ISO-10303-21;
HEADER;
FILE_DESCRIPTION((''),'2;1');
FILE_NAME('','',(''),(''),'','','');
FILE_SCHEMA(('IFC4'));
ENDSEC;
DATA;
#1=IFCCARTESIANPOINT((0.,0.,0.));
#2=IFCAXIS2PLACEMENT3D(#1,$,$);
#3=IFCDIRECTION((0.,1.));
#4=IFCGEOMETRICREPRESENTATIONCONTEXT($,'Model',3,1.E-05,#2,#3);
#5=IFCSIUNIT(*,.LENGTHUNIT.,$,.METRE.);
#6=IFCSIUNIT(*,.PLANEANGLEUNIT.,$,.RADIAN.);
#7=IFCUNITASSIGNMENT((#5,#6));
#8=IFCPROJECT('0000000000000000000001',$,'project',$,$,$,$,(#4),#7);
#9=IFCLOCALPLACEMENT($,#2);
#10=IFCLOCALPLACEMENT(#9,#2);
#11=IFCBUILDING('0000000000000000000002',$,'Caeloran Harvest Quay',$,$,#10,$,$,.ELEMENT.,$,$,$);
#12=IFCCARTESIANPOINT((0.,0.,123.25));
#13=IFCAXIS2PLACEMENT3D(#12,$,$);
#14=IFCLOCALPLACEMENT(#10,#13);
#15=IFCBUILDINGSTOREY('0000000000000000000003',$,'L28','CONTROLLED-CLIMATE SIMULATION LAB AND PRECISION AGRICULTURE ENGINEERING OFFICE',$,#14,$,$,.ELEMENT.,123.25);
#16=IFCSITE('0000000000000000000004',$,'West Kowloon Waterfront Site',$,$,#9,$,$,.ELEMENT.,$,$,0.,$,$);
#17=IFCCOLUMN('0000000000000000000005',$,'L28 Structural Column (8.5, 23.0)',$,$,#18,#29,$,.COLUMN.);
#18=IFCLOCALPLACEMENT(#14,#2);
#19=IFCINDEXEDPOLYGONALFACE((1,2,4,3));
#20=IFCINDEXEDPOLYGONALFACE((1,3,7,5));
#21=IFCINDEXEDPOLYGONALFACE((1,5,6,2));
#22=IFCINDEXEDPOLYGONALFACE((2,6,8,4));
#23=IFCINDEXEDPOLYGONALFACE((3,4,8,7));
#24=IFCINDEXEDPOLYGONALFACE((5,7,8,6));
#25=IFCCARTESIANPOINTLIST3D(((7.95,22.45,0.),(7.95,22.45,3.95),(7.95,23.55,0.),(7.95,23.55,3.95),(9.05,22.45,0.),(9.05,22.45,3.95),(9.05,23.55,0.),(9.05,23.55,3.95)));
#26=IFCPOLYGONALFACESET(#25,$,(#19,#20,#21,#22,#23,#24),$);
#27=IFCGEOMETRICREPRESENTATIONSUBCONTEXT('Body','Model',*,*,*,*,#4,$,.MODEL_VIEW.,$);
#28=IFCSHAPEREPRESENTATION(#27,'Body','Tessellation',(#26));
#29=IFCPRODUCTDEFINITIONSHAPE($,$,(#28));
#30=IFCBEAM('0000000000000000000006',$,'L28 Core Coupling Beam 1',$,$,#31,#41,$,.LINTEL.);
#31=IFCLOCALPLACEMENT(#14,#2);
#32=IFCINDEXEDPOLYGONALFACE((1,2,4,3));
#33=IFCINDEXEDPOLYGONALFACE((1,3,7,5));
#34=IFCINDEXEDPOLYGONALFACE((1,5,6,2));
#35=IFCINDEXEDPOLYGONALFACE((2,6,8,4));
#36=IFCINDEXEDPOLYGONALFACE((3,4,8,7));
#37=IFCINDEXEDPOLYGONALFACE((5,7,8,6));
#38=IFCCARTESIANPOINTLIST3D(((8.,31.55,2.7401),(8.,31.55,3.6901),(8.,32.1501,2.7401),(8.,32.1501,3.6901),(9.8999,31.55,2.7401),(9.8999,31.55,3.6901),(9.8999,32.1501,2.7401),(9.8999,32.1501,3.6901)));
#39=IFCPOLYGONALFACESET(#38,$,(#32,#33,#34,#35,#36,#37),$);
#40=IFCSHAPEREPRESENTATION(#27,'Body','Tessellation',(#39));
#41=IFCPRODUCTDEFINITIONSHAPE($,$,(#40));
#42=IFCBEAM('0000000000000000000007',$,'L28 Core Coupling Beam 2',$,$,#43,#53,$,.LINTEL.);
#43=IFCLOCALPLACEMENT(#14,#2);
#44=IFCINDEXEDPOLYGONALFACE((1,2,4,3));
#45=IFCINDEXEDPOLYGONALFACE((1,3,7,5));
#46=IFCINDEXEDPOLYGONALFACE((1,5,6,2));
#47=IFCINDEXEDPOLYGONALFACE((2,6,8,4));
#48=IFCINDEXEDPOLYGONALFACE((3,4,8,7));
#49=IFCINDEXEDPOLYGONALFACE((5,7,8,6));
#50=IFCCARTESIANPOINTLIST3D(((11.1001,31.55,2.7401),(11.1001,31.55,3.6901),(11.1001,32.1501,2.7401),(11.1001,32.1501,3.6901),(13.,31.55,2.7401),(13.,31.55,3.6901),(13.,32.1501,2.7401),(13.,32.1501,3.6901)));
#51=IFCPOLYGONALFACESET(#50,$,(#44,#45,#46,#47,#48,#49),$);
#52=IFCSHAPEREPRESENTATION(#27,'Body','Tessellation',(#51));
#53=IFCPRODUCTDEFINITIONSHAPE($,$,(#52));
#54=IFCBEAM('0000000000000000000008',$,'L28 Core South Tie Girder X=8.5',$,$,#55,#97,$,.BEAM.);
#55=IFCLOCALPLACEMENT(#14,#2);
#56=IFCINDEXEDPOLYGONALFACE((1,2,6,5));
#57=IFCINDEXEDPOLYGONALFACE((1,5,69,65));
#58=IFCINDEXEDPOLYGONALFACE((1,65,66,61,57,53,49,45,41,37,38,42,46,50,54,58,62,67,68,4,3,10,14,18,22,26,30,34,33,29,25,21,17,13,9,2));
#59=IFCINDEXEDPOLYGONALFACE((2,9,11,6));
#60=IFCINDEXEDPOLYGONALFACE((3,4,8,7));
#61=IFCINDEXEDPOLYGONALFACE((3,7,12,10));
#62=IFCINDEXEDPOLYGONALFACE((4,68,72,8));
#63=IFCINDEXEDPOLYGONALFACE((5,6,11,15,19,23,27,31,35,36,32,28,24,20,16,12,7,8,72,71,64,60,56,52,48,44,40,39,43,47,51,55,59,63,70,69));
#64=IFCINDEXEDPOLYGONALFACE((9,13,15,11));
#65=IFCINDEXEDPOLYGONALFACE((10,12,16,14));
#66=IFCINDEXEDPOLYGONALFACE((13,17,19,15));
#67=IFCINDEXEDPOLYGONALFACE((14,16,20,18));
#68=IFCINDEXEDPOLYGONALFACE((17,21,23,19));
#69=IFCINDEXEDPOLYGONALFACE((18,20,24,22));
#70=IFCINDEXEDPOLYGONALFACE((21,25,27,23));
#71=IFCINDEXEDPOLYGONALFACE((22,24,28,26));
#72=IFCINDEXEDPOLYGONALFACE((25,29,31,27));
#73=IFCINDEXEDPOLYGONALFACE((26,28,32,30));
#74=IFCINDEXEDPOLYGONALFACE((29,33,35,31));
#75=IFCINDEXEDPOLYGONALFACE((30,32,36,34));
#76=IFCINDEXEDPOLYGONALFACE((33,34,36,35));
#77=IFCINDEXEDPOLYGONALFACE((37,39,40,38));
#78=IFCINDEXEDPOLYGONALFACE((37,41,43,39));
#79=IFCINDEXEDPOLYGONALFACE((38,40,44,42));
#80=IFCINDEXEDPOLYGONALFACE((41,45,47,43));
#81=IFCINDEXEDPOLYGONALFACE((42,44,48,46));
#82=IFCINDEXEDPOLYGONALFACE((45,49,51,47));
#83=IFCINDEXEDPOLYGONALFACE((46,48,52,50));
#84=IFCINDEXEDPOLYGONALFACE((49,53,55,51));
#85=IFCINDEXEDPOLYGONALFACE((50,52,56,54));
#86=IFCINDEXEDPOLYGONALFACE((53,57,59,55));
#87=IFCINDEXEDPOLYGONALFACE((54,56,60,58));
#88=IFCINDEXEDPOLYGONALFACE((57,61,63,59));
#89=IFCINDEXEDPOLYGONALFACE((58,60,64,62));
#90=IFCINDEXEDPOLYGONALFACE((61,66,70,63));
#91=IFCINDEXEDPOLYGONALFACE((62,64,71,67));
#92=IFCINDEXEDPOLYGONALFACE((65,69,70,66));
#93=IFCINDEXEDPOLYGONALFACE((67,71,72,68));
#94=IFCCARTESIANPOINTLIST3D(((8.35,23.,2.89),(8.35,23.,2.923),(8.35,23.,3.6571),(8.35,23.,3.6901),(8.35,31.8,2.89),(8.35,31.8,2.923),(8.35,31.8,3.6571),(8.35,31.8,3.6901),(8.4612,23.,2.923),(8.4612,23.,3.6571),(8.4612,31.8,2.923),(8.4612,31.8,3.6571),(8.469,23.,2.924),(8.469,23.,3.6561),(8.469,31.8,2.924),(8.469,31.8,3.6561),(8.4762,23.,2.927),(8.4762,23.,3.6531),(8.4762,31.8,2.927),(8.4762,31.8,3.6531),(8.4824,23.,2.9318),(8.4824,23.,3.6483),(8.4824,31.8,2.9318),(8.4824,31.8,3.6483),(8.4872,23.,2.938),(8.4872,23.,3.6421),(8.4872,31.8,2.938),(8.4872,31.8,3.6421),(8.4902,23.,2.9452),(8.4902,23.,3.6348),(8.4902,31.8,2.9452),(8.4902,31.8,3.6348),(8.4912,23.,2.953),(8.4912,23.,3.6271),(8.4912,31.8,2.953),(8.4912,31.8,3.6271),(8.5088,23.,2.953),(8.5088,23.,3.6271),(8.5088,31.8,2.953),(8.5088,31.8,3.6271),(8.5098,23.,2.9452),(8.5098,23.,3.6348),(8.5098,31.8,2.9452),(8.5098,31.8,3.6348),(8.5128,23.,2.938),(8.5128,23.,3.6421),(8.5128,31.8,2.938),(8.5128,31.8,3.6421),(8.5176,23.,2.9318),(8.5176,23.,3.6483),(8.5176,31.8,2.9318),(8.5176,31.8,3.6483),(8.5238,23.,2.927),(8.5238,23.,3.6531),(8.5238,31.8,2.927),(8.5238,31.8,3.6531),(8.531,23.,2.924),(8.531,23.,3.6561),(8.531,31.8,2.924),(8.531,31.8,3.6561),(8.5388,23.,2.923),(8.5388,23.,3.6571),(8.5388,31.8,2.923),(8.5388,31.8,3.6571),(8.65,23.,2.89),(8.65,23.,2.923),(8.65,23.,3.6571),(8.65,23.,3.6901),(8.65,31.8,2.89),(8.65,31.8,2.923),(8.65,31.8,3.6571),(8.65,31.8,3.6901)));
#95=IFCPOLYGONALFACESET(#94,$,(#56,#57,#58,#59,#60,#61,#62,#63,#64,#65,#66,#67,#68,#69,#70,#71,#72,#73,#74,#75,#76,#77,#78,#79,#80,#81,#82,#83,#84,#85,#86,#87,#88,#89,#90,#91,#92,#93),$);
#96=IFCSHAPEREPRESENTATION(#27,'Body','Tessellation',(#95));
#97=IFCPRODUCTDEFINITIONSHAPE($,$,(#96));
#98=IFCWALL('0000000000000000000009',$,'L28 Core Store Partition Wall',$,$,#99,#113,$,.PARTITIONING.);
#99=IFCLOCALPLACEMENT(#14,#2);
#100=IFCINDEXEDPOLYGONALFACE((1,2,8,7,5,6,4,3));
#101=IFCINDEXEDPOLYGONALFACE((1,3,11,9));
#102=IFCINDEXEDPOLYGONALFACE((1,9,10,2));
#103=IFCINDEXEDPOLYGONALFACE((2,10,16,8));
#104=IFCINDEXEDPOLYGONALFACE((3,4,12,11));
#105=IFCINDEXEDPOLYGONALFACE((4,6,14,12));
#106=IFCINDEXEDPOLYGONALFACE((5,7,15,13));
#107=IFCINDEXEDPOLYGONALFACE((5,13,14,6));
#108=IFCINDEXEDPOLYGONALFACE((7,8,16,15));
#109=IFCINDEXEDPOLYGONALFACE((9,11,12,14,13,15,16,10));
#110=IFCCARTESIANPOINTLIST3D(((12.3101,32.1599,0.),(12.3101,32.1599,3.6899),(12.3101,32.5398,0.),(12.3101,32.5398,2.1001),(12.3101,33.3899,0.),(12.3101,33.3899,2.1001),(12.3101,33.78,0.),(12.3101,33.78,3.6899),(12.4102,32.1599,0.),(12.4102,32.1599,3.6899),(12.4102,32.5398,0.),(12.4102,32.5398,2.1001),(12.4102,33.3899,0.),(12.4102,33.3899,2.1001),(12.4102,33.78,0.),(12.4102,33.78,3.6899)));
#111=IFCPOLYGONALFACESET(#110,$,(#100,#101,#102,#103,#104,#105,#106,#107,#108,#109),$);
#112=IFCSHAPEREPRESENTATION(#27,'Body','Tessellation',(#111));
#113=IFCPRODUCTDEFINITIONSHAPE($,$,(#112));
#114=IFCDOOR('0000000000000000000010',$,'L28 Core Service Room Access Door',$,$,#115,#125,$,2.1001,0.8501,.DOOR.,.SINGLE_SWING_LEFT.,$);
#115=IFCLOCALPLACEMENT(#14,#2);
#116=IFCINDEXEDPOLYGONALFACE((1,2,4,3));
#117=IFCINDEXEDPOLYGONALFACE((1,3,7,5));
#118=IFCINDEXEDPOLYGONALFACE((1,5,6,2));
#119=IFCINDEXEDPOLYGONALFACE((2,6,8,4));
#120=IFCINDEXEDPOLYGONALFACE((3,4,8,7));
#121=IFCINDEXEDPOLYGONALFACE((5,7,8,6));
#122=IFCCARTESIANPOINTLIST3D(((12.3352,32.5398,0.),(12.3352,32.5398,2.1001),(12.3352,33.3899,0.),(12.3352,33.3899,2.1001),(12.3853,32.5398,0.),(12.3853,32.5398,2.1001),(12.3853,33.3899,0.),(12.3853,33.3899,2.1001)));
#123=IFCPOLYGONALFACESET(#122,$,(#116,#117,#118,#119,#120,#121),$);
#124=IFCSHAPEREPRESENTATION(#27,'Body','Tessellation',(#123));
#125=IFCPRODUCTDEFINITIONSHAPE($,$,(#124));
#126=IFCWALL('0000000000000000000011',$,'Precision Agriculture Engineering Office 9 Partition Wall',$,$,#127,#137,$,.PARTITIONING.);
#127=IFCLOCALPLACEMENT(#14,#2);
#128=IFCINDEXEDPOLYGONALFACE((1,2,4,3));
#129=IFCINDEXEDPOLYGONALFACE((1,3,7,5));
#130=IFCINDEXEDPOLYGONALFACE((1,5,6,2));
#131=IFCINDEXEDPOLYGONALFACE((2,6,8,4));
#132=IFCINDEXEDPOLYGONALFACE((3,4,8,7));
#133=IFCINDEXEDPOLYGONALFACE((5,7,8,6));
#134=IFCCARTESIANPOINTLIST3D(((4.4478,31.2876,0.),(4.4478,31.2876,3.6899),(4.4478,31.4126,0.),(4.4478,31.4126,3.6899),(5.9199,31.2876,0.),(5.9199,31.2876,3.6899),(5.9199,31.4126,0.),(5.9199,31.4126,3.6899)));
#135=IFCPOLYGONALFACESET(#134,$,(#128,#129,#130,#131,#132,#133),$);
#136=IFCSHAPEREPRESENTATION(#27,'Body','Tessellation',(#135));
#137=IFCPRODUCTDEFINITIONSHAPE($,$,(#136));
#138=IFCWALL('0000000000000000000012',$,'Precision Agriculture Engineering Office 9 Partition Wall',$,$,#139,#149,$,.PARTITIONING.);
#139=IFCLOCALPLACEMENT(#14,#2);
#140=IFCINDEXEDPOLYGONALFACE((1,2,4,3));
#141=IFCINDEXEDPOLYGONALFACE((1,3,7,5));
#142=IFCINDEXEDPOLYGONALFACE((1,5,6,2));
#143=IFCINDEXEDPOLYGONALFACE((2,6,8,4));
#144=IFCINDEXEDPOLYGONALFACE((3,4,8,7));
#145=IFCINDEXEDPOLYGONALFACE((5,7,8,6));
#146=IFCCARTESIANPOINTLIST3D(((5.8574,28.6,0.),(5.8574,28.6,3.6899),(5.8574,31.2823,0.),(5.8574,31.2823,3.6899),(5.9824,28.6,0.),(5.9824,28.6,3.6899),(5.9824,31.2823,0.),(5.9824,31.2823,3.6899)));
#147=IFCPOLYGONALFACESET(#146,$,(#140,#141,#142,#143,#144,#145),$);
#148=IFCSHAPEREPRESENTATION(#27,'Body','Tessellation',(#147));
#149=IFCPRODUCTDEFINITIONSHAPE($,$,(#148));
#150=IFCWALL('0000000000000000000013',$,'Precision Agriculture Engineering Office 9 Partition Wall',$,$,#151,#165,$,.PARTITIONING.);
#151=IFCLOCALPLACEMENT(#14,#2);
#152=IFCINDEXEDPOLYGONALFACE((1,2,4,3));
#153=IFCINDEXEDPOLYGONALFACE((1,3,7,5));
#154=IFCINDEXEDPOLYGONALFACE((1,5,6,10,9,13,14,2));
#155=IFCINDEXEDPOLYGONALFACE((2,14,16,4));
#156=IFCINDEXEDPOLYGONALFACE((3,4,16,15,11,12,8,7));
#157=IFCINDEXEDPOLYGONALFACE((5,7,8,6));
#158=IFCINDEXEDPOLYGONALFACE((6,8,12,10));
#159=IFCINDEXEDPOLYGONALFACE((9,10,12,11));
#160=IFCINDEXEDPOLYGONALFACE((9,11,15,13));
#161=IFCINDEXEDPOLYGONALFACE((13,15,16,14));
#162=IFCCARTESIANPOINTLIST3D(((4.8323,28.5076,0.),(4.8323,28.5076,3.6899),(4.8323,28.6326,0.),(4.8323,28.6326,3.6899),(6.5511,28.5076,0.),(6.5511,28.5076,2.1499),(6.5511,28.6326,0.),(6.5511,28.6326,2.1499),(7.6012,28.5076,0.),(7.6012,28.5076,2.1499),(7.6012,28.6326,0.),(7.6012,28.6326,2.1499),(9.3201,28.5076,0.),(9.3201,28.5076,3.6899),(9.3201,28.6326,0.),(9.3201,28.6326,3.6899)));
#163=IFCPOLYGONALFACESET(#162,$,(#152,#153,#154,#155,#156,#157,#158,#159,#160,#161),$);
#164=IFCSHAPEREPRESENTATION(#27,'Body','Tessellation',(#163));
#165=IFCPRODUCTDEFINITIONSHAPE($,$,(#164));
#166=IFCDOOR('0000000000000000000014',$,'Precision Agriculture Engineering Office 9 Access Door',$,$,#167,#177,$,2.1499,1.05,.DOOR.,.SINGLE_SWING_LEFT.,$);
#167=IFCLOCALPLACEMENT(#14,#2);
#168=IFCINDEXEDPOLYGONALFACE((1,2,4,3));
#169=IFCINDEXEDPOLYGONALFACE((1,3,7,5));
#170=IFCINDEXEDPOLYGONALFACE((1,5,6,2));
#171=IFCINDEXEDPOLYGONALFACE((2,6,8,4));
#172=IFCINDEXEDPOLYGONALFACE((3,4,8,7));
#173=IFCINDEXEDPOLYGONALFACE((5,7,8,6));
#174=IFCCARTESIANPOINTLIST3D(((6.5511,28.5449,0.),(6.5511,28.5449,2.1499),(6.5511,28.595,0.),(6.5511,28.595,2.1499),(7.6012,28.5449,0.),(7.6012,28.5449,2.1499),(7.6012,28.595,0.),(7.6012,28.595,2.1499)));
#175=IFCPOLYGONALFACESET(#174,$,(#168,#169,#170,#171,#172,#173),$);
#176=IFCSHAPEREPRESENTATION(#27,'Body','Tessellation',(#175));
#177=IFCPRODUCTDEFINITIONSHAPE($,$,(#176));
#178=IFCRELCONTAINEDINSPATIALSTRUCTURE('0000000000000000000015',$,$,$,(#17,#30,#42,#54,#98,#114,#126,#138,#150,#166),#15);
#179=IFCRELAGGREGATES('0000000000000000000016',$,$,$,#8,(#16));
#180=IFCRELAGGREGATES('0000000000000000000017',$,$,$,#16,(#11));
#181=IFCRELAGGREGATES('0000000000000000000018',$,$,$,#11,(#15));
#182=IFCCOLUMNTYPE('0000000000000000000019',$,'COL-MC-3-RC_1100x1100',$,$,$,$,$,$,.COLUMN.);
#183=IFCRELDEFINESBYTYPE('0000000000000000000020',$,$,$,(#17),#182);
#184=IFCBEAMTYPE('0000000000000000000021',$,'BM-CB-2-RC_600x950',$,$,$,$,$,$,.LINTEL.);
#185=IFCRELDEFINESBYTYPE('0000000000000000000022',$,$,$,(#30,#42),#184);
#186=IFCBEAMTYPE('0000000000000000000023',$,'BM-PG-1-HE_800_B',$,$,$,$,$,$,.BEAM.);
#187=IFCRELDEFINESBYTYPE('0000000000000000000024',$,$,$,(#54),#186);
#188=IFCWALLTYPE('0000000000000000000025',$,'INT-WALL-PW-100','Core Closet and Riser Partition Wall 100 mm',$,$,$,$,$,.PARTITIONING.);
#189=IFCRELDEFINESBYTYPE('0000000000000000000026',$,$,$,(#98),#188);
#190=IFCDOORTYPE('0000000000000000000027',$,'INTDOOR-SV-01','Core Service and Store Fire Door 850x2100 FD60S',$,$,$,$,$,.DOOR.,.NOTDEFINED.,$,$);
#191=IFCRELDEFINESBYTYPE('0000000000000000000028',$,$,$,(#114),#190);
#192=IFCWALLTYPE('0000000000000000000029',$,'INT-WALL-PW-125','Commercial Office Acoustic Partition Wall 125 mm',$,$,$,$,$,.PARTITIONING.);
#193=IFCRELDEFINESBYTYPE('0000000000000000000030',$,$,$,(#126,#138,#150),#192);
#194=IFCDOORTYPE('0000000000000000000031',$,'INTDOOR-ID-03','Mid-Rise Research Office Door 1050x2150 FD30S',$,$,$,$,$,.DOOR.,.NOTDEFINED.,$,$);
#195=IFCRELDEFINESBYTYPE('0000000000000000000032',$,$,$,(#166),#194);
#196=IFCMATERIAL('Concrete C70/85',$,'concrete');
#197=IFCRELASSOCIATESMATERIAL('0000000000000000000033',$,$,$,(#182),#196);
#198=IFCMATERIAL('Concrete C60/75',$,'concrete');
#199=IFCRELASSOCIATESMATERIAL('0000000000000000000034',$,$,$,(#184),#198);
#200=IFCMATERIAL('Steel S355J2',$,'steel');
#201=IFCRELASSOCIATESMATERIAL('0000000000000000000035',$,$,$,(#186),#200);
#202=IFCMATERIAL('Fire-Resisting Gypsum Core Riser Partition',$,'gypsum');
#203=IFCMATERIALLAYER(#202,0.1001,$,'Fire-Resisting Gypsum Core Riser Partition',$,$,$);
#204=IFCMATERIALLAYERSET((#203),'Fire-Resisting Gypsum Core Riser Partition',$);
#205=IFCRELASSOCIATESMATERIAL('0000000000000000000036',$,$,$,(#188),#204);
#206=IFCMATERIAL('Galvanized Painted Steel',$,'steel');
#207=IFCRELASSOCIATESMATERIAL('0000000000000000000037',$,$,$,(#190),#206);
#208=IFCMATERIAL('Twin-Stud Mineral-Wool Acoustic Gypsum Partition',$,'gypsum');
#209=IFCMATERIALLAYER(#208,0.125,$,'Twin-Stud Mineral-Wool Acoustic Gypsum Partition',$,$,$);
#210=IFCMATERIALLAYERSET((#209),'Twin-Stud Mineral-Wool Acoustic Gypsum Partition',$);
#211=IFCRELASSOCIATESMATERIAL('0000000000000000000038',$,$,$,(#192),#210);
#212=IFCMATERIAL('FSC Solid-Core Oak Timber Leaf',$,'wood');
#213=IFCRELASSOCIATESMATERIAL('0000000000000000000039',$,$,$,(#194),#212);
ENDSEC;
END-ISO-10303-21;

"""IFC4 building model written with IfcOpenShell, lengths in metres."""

from ifc_helpers import new_model, si_unit, direction, frame, frame_2d, origin, origin_2d, place, context, subcontext, project, spatial, rectangle, i_section, extrude, material, layer, layer_set, material_profile, profile_set, type_object, element, fill, save


model = new_model("IFC4")

# Units and contexts
model_context = context("Model", 3, precision=1e-05, world=origin(), true_north=direction((0.0, 1.0)))
body_context = subcontext(model_context, "Body", "Model", "MODEL_VIEW")
ifc_project = project(units=[si_unit("LENGTHUNIT", "METRE"), si_unit("PLANEANGLEUNIT", "RADIAN")], contexts=[model_context])

# Site, building, storey
site_placement = place(None, origin())
site = spatial("IfcSite", under=ifc_project, at=site_placement, Name="West Kowloon Waterfront Site", CompositionType="ELEMENT", RefElevation=0.0)
building_placement = place(site_placement, origin())
building = spatial("IfcBuilding", under=site, at=building_placement, Name="Caeloran Harvest Quay", CompositionType="ELEMENT")
storey_placement = place(building_placement, frame((0.0, 0.0, 123.25)))
storey = spatial("IfcBuildingStorey", under=building, at=storey_placement, Name="L28", Description="CONTROLLED-CLIMATE SIMULATION LAB AND PRECISION AGRICULTURE ENGINEERING OFFICE", CompositionType="ELEMENT", Elevation=123.25)

# Column
ifc_material_1 = material(Name="Concrete C70/85", Category="concrete")
ifc_material_profile_1 = material_profile(ifc_material_1, rectangle(XDim=1.1001, YDim=1.1001, at=origin_2d()), Name="RC 1100x1100")
ifc_profile_set_1 = profile_set([ifc_material_profile_1], Name="Concrete C70/85")
column_type = type_object("IfcColumnType", Name="COL-MC-3-RC_1100x1100", PredefinedType="COLUMN", material=ifc_profile_set_1)
column_placement = place(storey_placement, frame((8.5, 23.0, 0.0), z_axis=(0.0, 0.0, 1.0), x_axis=(1.0, 0.0, 0.0)))
element("IfcColumn", 1, at=column_placement, inside=storey, type_object=column_type, Name="L28 Structural Column (8.5, 23.0)", PredefinedType="COLUMN", context=body_context, shape_type="SweptSolid", body=[
    extrude(rectangle(XDim=1.1001, YDim=1.1001, at=origin_2d()), origin(), (0.0, 0.0, 1.0), 3.95),
])

# Beams
ifc_material_2 = material(Name="Concrete C60/75", Category="concrete")
ifc_material_profile_2 = material_profile(ifc_material_2, rectangle(XDim=0.6001, YDim=0.95, at=origin_2d()), Name="RC 600x950")
ifc_profile_set_2 = profile_set([ifc_material_profile_2], Name="Concrete C60/75")
beam_type_1 = type_object("IfcBeamType", Name="BM-CB-2-RC_600x950", PredefinedType="LINTEL", material=ifc_profile_set_2)
for number, where, z_axis, x_axis, name in (
    (2, (8.0, 31.8501, 3.2151), (1.0, 0.0, 0.0), (0.0, 1.0, 0.0), "L28 Core Coupling Beam 1"),
    (3, (11.1001, 31.8501, 3.2151), (1.0, 0.0, 0.0), (0.0, 1.0, 0.0), "L28 Core Coupling Beam 2"),
):
    element("IfcBeam", number, at=place(storey_placement, frame(where, z_axis=z_axis, x_axis=x_axis)), inside=storey, type_object=beam_type_1, Name=name, PredefinedType="LINTEL", context=body_context, shape_type="SweptSolid", body=[
        extrude(rectangle(XDim=0.6001, YDim=0.95, at=origin_2d()), origin(), (0.0, 0.0, 1.0), 1.8999),
    ])
ifc_material_3 = material(Name="Steel S355J2", Category="steel")
ifc_material_profile_3 = material_profile(ifc_material_3, i_section(OverallWidth=0.3, OverallDepth=0.8, WebThickness=0.0176, FlangeThickness=0.033, FilletRadius=0.03, at=origin_2d()), Name="HE 800 B")
ifc_profile_set_3 = profile_set([ifc_material_profile_3], Name="Steel S355J2")
beam_type_2 = type_object("IfcBeamType", Name="BM-PG-1-HE_800_B", PredefinedType="BEAM", material=ifc_profile_set_3)
beam_placement = place(storey_placement, frame((8.5, 23.0, 3.29), z_axis=(0.0, 1.0, 0.0), x_axis=(-1.0, 0.0, 0.0)))
element("IfcBeam", 4, at=beam_placement, inside=storey, type_object=beam_type_2, Name="L28 Core South Tie Girder X=8.5", PredefinedType="BEAM", context=body_context, shape_type="SweptSolid", body=[
    extrude(i_section(OverallWidth=0.3, OverallDepth=0.8, WebThickness=0.0176, FlangeThickness=0.033, FilletRadius=0.03, at=origin_2d()), origin(), (0.0, 0.0, 1.0), 8.8),
])

# Wall, opening, door
ifc_material_4 = material(Name="Fire-Resisting Gypsum Core Riser Partition", Category="gypsum")
ifc_layer_1 = layer(ifc_material_4, 0.1001, Name="Fire-Resisting Gypsum Core Riser Partition")
ifc_layer_set_1 = layer_set([ifc_layer_1], Name="Fire-Resisting Gypsum Core Riser Partition")
wall_type_1 = type_object("IfcWallType", Name="INT-WALL-PW-100", Description="Core Closet and Riser Partition Wall 100 mm", PredefinedType="PARTITIONING", material=ifc_layer_set_1)
wall_1_placement = place(storey_placement, frame((12.3601, 32.1599, 0.0), z_axis=(0.0, 0.0, 1.0), x_axis=(0.0, 1.0, 0.0)))
wall_1 = element("IfcWall", 5, at=wall_1_placement, inside=storey, type_object=wall_type_1, Name="L28 Core Store Partition Wall", PredefinedType="PARTITIONING", context=body_context, shape_type="SweptSolid", body=[
    extrude(rectangle(XDim=1.6201, YDim=0.1001, at=frame_2d((0.8101, 0.0))), origin(), (0.0, 0.0, 1.0), 3.6899),
])
opening_1_placement = place(wall_1_placement, frame((0.3799, 0.0, 0.0)))
opening_1 = element("IfcOpeningElement", 6, at=opening_1_placement, cuts=wall_1, PredefinedType="OPENING", context=body_context, shape_type="SweptSolid", body=[
    extrude(rectangle(XDim=0.8501, YDim=2.1001, at=frame_2d((0.425, 1.05))), frame((0.0, 0.0601, 0.0), z_axis=(0.0, -1.0, 0.0), x_axis=(1.0, 0.0, 0.0)), (0.0, 0.0, 1.0), 0.1201),
])
ifc_material_5 = material(Name="Galvanized Painted Steel", Category="steel")
door_type_1 = type_object("IfcDoorType", Name="INTDOOR-SV-01", Description="Core Service and Store Fire Door 850x2100 FD60S", OperationType="NOTDEFINED", PredefinedType="DOOR", material=ifc_material_5)
door_1_placement = place(opening_1_placement, origin())
door_1 = element("IfcDoor", 7, at=door_1_placement, inside=storey, type_object=door_type_1, Name="L28 Core Service Room Access Door", OperationType="SINGLE_SWING_LEFT", OverallHeight=2.1001, OverallWidth=0.8501, PredefinedType="DOOR", context=body_context, shape_type="SweptSolid", body=[
    extrude(rectangle(XDim=0.8501, YDim=2.1001, at=frame_2d((0.425, 1.05))), frame((0.0, 0.0249, 0.0), z_axis=(0.0, -1.0, 0.0), x_axis=(1.0, 0.0, 0.0)), (0.0, 0.0, 1.0), 0.05),
])
fill(opening_1, door_1)

# Walls
ifc_material_6 = material(Name="Twin-Stud Mineral-Wool Acoustic Gypsum Partition", Category="gypsum")
ifc_layer_2 = layer(ifc_material_6, 0.125, Name="Twin-Stud Mineral-Wool Acoustic Gypsum Partition")
ifc_layer_set_2 = layer_set([ifc_layer_2], Name="Twin-Stud Mineral-Wool Acoustic Gypsum Partition")
wall_type_2 = type_object("IfcWallType", Name="INT-WALL-PW-125", Description="Commercial Office Acoustic Partition Wall 125 mm", PredefinedType="PARTITIONING", material=ifc_layer_set_2)
wall_2_placement = place(storey_placement, frame((4.4478, 31.3501, 0.0), z_axis=(0.0, 0.0, 1.0), x_axis=(1.0, 0.0, 0.0)))
element("IfcWall", 8, at=wall_2_placement, inside=storey, type_object=wall_type_2, Name="Precision Agriculture Engineering Office 9 Partition Wall", PredefinedType="PARTITIONING", context=body_context, shape_type="SweptSolid", body=[
    extrude(rectangle(XDim=1.4722, YDim=0.125, at=frame_2d((0.7361, 0.0))), origin(), (0.0, 0.0, 1.0), 3.6899),
])
wall_3_placement = place(storey_placement, frame((5.9199, 31.2825, 0.0), z_axis=(0.0, 0.0, 1.0), x_axis=(0.0, -1.0, 0.0)))
element("IfcWall", 9, at=wall_3_placement, inside=storey, type_object=wall_type_2, Name="Precision Agriculture Engineering Office 9 Partition Wall", PredefinedType="PARTITIONING", context=body_context, shape_type="SweptSolid", body=[
    extrude(rectangle(XDim=2.6824, YDim=0.125, at=frame_2d((1.3413, 0.0))), origin(), (0.0, 0.0, 1.0), 3.6899),
])

# Wall, opening, door
wall_4_placement = place(storey_placement, frame((4.8323, 28.5701, 0.0), z_axis=(0.0, 0.0, 1.0), x_axis=(1.0, 0.0, 0.0)))
wall_4 = element("IfcWall", 10, at=wall_4_placement, inside=storey, type_object=wall_type_2, Name="Precision Agriculture Engineering Office 9 Partition Wall", PredefinedType="PARTITIONING", context=body_context, shape_type="SweptSolid", body=[
    extrude(rectangle(XDim=4.4878, YDim=0.125, at=frame_2d((2.2439, 0.0))), origin(), (0.0, 0.0, 1.0), 3.6899),
])
opening_2_placement = place(wall_4_placement, frame((1.719, 0.0, 0.0)))
opening_2 = element("IfcOpeningElement", 11, at=opening_2_placement, cuts=wall_4, PredefinedType="OPENING", context=body_context, shape_type="SweptSolid", body=[
    extrude(rectangle(XDim=1.05, YDim=2.1499, at=frame_2d((0.5249, 1.075))), frame((0.0, 0.0725, 0.0), z_axis=(0.0, -1.0, 0.0), x_axis=(1.0, 0.0, 0.0)), (0.0, 0.0, 1.0), 0.145),
])
ifc_material_7 = material(Name="FSC Solid-Core Oak Timber Leaf", Category="wood")
door_type_2 = type_object("IfcDoorType", Name="INTDOOR-ID-03", Description="Mid-Rise Research Office Door 1050x2150 FD30S", OperationType="NOTDEFINED", PredefinedType="DOOR", material=ifc_material_7)
door_2_placement = place(opening_2_placement, origin())
door_2 = element("IfcDoor", 12, at=door_2_placement, inside=storey, type_object=door_type_2, Name="Precision Agriculture Engineering Office 9 Access Door", OperationType="SINGLE_SWING_LEFT", OverallHeight=2.1499, OverallWidth=1.05, PredefinedType="DOOR", context=body_context, shape_type="SweptSolid", body=[
    extrude(rectangle(XDim=1.05, YDim=2.1499, at=frame_2d((0.5249, 1.075))), frame((0.0, 0.0249, 0.0), z_axis=(0.0, -1.0, 0.0), x_axis=(1.0, 0.0, 0.0)), (0.0, 0.0, 1.0), 0.05),
])
fill(opening_2, door_2)

save(model, "model.ifc")
